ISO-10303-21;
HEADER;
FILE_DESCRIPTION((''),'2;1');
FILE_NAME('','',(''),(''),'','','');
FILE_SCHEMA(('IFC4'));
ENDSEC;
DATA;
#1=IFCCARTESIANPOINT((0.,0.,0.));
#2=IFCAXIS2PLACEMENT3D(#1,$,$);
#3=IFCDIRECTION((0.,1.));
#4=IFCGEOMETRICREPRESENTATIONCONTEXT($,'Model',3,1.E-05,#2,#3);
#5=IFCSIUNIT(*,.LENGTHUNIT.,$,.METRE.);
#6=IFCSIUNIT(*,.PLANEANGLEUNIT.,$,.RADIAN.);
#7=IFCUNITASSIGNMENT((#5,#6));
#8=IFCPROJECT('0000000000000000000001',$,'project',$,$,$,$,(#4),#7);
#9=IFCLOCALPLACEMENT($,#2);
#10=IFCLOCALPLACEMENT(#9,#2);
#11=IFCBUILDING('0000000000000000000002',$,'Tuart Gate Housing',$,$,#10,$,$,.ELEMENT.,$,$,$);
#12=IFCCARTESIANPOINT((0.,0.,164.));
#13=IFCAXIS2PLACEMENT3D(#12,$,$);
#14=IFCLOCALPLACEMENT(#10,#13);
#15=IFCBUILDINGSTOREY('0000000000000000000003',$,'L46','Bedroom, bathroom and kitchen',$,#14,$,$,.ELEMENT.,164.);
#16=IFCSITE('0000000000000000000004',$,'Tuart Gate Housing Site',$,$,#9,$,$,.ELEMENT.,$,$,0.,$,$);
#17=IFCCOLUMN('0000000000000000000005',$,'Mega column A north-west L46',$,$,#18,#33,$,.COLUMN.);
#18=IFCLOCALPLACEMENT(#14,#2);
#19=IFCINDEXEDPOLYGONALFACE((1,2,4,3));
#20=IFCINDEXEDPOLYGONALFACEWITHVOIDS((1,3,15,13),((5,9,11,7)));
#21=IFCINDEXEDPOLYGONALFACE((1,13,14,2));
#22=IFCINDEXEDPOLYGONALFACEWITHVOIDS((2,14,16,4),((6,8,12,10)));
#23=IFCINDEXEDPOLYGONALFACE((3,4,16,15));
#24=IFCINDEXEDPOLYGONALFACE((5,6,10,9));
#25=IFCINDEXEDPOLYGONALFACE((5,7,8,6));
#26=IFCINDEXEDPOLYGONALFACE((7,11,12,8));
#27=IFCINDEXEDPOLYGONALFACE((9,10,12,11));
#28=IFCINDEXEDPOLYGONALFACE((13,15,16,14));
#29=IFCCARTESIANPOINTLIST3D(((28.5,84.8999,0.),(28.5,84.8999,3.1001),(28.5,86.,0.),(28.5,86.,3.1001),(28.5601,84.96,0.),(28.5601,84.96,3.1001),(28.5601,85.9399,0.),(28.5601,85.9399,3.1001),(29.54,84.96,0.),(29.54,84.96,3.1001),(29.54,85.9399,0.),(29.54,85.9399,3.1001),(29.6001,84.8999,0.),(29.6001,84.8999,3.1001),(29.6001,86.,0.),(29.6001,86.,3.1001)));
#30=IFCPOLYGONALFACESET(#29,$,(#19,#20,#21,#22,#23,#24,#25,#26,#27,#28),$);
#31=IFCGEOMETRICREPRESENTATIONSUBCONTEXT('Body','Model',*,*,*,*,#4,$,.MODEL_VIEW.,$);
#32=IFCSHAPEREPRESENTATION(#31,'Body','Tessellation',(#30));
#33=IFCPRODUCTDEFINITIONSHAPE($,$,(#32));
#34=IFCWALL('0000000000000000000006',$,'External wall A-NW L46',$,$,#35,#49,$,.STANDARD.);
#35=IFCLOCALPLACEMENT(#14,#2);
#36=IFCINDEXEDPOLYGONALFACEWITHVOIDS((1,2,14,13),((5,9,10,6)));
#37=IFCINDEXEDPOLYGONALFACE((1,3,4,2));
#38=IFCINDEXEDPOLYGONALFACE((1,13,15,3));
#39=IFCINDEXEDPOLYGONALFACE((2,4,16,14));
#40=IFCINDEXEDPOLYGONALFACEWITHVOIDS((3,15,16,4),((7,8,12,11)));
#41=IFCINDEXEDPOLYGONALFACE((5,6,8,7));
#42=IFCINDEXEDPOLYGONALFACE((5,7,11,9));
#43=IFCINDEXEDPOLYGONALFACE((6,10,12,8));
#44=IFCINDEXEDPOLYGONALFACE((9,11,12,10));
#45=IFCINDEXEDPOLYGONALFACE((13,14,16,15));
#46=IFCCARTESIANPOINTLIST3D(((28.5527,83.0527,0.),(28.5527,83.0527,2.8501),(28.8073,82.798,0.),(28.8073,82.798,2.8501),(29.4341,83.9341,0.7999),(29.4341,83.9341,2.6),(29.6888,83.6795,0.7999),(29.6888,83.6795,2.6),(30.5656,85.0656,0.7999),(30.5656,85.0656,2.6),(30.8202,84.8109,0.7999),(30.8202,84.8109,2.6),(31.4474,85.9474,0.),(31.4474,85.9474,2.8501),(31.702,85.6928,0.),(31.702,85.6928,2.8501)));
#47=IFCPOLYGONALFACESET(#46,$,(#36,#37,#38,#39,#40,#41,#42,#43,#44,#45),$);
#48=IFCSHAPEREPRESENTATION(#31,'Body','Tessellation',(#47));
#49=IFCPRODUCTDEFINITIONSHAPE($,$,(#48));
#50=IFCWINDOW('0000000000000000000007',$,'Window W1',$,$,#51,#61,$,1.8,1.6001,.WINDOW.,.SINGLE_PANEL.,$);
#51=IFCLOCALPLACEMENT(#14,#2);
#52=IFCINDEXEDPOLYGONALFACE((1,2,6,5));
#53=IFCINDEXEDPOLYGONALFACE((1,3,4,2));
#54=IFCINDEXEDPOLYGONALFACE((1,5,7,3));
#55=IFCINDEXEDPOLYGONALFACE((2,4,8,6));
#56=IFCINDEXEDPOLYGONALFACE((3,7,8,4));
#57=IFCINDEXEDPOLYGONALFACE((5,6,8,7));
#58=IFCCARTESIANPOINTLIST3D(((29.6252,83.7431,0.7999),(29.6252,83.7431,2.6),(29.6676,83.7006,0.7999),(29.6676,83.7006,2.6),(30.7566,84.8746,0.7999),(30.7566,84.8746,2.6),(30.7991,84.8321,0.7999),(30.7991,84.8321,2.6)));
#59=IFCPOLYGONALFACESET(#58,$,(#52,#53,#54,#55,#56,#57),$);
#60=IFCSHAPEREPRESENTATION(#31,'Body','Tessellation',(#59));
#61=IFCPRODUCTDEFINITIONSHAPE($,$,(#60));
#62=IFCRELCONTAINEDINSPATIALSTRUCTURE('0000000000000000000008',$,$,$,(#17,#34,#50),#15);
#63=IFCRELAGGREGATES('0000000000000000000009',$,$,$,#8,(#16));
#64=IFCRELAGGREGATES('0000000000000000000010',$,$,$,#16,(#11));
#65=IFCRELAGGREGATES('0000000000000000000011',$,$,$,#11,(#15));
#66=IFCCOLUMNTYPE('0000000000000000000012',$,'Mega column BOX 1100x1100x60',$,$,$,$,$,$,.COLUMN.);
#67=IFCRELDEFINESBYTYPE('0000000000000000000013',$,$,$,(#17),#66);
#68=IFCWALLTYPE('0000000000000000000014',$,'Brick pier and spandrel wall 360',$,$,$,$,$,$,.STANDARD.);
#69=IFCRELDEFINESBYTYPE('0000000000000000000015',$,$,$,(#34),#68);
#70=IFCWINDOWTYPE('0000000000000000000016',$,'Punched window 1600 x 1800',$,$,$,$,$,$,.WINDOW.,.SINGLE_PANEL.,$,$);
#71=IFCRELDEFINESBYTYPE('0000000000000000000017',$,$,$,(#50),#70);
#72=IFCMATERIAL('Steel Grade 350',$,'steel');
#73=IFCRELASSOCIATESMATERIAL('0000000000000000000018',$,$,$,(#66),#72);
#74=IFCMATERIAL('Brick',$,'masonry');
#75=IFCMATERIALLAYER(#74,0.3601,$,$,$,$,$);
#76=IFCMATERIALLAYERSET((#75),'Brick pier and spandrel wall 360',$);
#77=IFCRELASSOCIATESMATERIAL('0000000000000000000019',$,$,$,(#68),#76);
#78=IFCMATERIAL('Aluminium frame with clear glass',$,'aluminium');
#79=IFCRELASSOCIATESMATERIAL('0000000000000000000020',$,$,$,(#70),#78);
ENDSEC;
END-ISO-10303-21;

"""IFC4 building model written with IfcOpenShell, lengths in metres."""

from ifc_helpers import new_model, si_unit, direction, frame, frame_2d, origin, origin_2d, place, context, subcontext, project, spatial, rectangle, hollow_rectangle, extrude, material, layer, layer_set, material_profile, profile_set, type_object, element, fill, save


model = new_model("IFC4")

# Units and contexts
model_context = context("Model", 3, precision=1e-05, world=origin(), true_north=direction((0.0, 1.0)))
body_context = subcontext(model_context, "Body", "Model", "MODEL_VIEW")
ifc_project = project(units=[si_unit("LENGTHUNIT", "METRE"), si_unit("PLANEANGLEUNIT", "RADIAN")], contexts=[model_context])

# Site, building, storey
site_placement = place(None, origin())
site = spatial("IfcSite", under=ifc_project, at=site_placement, Name="Tuart Gate Housing Site", CompositionType="ELEMENT", RefElevation=0.0)
building_placement = place(site_placement, origin())
building = spatial("IfcBuilding", under=site, at=building_placement, Name="Tuart Gate Housing", CompositionType="ELEMENT")
storey_placement = place(building_placement, frame((0.0, 0.0, 164.0)))
storey = spatial("IfcBuildingStorey", under=building, at=storey_placement, Name="L46", Description="Bedroom, bathroom and kitchen", CompositionType="ELEMENT", Elevation=164.0)

# Column
ifc_material_1 = material(Name="Steel Grade 350", Category="steel")
ifc_material_profile = material_profile(ifc_material_1, hollow_rectangle(XDim=1.1001, YDim=1.1001, WallThickness=0.0601, at=origin_2d()), Name="BOX 1100x1100x60")
ifc_profile_set = profile_set([ifc_material_profile], Name="Steel Grade 350")
column_type = type_object("IfcColumnType", Name="Mega column BOX 1100x1100x60", PredefinedType="COLUMN", material=ifc_profile_set)
column_placement = place(storey_placement, frame((29.05, 85.45, 0.0), z_axis=(0.0, 0.0, 1.0), x_axis=(1.0, 0.0, 0.0)))
element("IfcColumn", 1, at=column_placement, inside=storey, type_object=column_type, Name="Mega column A north-west L46", PredefinedType="COLUMN", context=body_context, shape_type="SweptSolid", body=[
    extrude(hollow_rectangle(XDim=1.1001, YDim=1.1001, WallThickness=0.0601, at=origin_2d()), origin(), (0.0, 0.0, 1.0), 3.1001),
])

# Wall, opening, window
ifc_material_2 = material(Name="Brick", Category="masonry")
ifc_layer_1 = layer(ifc_material_2, 0.3601)
ifc_layer_set_1 = layer_set([ifc_layer_1], Name="Brick pier and spandrel wall 360")
wall_type_1 = type_object("IfcWallType", Name="Brick pier and spandrel wall 360", PredefinedType="STANDARD", material=ifc_layer_set_1)
wall_1_placement = place(storey_placement, frame((31.5747, 85.8201, 0.0), z_axis=(0.0, 0.0, 1.0), x_axis=(-0.707107, -0.707107, 0.0)))
wall_1 = element("IfcWall", 2, at=wall_1_placement, inside=storey, type_object=wall_type_1, Name="External wall A-NW L46", PredefinedType="STANDARD", context=body_context, shape_type="SweptSolid", body=[
    extrude(rectangle(XDim=4.0938, YDim=0.3601, at=frame_2d((2.0469, 0.0))), origin(), (0.0, 0.0, 1.0), 2.8501),
])
opening_1_placement = place(wall_1_placement, frame((1.2471, 0.0, 0.8)))
opening_1 = element("IfcOpeningElement", 3, at=opening_1_placement, cuts=wall_1, PredefinedType="OPENING", context=body_context, shape_type="SweptSolid", body=[
    extrude(rectangle(XDim=1.6001, YDim=1.8, at=frame_2d((0.8, 0.8999))), frame((0.0, 0.1899, 0.0), z_axis=(0.0, -1.0, 0.0), x_axis=(1.0, 0.0, 0.0)), (0.0, 0.0, 1.0), 0.3801),
])
ifc_material_3 = material(Name="Aluminium frame with clear glass", Category="aluminium")
window_type = type_object("IfcWindowType", Name="Punched window 1600 x 1800", PartitioningType="SINGLE_PANEL", PredefinedType="WINDOW", material=ifc_material_3)
window_1_placement = place(opening_1_placement, origin())
window_1 = element("IfcWindow", 4, at=window_1_placement, inside=storey, type_object=window_type, Name="Window W1", OverallHeight=1.8, OverallWidth=1.6001, PartitioningType="SINGLE_PANEL", PredefinedType="WINDOW", context=body_context, shape_type="SweptSolid", body=[
    extrude(rectangle(XDim=1.6001, YDim=1.8, at=frame_2d((0.8, 0.8999))), frame((0.0, 0.1501, 0.0), z_axis=(0.0, -1.0, 0.0), x_axis=(1.0, 0.0, 0.0)), (0.0, 0.0, 1.0), 0.0601),
])
fill(opening_1, window_1)

save(model, "model.ifc")
